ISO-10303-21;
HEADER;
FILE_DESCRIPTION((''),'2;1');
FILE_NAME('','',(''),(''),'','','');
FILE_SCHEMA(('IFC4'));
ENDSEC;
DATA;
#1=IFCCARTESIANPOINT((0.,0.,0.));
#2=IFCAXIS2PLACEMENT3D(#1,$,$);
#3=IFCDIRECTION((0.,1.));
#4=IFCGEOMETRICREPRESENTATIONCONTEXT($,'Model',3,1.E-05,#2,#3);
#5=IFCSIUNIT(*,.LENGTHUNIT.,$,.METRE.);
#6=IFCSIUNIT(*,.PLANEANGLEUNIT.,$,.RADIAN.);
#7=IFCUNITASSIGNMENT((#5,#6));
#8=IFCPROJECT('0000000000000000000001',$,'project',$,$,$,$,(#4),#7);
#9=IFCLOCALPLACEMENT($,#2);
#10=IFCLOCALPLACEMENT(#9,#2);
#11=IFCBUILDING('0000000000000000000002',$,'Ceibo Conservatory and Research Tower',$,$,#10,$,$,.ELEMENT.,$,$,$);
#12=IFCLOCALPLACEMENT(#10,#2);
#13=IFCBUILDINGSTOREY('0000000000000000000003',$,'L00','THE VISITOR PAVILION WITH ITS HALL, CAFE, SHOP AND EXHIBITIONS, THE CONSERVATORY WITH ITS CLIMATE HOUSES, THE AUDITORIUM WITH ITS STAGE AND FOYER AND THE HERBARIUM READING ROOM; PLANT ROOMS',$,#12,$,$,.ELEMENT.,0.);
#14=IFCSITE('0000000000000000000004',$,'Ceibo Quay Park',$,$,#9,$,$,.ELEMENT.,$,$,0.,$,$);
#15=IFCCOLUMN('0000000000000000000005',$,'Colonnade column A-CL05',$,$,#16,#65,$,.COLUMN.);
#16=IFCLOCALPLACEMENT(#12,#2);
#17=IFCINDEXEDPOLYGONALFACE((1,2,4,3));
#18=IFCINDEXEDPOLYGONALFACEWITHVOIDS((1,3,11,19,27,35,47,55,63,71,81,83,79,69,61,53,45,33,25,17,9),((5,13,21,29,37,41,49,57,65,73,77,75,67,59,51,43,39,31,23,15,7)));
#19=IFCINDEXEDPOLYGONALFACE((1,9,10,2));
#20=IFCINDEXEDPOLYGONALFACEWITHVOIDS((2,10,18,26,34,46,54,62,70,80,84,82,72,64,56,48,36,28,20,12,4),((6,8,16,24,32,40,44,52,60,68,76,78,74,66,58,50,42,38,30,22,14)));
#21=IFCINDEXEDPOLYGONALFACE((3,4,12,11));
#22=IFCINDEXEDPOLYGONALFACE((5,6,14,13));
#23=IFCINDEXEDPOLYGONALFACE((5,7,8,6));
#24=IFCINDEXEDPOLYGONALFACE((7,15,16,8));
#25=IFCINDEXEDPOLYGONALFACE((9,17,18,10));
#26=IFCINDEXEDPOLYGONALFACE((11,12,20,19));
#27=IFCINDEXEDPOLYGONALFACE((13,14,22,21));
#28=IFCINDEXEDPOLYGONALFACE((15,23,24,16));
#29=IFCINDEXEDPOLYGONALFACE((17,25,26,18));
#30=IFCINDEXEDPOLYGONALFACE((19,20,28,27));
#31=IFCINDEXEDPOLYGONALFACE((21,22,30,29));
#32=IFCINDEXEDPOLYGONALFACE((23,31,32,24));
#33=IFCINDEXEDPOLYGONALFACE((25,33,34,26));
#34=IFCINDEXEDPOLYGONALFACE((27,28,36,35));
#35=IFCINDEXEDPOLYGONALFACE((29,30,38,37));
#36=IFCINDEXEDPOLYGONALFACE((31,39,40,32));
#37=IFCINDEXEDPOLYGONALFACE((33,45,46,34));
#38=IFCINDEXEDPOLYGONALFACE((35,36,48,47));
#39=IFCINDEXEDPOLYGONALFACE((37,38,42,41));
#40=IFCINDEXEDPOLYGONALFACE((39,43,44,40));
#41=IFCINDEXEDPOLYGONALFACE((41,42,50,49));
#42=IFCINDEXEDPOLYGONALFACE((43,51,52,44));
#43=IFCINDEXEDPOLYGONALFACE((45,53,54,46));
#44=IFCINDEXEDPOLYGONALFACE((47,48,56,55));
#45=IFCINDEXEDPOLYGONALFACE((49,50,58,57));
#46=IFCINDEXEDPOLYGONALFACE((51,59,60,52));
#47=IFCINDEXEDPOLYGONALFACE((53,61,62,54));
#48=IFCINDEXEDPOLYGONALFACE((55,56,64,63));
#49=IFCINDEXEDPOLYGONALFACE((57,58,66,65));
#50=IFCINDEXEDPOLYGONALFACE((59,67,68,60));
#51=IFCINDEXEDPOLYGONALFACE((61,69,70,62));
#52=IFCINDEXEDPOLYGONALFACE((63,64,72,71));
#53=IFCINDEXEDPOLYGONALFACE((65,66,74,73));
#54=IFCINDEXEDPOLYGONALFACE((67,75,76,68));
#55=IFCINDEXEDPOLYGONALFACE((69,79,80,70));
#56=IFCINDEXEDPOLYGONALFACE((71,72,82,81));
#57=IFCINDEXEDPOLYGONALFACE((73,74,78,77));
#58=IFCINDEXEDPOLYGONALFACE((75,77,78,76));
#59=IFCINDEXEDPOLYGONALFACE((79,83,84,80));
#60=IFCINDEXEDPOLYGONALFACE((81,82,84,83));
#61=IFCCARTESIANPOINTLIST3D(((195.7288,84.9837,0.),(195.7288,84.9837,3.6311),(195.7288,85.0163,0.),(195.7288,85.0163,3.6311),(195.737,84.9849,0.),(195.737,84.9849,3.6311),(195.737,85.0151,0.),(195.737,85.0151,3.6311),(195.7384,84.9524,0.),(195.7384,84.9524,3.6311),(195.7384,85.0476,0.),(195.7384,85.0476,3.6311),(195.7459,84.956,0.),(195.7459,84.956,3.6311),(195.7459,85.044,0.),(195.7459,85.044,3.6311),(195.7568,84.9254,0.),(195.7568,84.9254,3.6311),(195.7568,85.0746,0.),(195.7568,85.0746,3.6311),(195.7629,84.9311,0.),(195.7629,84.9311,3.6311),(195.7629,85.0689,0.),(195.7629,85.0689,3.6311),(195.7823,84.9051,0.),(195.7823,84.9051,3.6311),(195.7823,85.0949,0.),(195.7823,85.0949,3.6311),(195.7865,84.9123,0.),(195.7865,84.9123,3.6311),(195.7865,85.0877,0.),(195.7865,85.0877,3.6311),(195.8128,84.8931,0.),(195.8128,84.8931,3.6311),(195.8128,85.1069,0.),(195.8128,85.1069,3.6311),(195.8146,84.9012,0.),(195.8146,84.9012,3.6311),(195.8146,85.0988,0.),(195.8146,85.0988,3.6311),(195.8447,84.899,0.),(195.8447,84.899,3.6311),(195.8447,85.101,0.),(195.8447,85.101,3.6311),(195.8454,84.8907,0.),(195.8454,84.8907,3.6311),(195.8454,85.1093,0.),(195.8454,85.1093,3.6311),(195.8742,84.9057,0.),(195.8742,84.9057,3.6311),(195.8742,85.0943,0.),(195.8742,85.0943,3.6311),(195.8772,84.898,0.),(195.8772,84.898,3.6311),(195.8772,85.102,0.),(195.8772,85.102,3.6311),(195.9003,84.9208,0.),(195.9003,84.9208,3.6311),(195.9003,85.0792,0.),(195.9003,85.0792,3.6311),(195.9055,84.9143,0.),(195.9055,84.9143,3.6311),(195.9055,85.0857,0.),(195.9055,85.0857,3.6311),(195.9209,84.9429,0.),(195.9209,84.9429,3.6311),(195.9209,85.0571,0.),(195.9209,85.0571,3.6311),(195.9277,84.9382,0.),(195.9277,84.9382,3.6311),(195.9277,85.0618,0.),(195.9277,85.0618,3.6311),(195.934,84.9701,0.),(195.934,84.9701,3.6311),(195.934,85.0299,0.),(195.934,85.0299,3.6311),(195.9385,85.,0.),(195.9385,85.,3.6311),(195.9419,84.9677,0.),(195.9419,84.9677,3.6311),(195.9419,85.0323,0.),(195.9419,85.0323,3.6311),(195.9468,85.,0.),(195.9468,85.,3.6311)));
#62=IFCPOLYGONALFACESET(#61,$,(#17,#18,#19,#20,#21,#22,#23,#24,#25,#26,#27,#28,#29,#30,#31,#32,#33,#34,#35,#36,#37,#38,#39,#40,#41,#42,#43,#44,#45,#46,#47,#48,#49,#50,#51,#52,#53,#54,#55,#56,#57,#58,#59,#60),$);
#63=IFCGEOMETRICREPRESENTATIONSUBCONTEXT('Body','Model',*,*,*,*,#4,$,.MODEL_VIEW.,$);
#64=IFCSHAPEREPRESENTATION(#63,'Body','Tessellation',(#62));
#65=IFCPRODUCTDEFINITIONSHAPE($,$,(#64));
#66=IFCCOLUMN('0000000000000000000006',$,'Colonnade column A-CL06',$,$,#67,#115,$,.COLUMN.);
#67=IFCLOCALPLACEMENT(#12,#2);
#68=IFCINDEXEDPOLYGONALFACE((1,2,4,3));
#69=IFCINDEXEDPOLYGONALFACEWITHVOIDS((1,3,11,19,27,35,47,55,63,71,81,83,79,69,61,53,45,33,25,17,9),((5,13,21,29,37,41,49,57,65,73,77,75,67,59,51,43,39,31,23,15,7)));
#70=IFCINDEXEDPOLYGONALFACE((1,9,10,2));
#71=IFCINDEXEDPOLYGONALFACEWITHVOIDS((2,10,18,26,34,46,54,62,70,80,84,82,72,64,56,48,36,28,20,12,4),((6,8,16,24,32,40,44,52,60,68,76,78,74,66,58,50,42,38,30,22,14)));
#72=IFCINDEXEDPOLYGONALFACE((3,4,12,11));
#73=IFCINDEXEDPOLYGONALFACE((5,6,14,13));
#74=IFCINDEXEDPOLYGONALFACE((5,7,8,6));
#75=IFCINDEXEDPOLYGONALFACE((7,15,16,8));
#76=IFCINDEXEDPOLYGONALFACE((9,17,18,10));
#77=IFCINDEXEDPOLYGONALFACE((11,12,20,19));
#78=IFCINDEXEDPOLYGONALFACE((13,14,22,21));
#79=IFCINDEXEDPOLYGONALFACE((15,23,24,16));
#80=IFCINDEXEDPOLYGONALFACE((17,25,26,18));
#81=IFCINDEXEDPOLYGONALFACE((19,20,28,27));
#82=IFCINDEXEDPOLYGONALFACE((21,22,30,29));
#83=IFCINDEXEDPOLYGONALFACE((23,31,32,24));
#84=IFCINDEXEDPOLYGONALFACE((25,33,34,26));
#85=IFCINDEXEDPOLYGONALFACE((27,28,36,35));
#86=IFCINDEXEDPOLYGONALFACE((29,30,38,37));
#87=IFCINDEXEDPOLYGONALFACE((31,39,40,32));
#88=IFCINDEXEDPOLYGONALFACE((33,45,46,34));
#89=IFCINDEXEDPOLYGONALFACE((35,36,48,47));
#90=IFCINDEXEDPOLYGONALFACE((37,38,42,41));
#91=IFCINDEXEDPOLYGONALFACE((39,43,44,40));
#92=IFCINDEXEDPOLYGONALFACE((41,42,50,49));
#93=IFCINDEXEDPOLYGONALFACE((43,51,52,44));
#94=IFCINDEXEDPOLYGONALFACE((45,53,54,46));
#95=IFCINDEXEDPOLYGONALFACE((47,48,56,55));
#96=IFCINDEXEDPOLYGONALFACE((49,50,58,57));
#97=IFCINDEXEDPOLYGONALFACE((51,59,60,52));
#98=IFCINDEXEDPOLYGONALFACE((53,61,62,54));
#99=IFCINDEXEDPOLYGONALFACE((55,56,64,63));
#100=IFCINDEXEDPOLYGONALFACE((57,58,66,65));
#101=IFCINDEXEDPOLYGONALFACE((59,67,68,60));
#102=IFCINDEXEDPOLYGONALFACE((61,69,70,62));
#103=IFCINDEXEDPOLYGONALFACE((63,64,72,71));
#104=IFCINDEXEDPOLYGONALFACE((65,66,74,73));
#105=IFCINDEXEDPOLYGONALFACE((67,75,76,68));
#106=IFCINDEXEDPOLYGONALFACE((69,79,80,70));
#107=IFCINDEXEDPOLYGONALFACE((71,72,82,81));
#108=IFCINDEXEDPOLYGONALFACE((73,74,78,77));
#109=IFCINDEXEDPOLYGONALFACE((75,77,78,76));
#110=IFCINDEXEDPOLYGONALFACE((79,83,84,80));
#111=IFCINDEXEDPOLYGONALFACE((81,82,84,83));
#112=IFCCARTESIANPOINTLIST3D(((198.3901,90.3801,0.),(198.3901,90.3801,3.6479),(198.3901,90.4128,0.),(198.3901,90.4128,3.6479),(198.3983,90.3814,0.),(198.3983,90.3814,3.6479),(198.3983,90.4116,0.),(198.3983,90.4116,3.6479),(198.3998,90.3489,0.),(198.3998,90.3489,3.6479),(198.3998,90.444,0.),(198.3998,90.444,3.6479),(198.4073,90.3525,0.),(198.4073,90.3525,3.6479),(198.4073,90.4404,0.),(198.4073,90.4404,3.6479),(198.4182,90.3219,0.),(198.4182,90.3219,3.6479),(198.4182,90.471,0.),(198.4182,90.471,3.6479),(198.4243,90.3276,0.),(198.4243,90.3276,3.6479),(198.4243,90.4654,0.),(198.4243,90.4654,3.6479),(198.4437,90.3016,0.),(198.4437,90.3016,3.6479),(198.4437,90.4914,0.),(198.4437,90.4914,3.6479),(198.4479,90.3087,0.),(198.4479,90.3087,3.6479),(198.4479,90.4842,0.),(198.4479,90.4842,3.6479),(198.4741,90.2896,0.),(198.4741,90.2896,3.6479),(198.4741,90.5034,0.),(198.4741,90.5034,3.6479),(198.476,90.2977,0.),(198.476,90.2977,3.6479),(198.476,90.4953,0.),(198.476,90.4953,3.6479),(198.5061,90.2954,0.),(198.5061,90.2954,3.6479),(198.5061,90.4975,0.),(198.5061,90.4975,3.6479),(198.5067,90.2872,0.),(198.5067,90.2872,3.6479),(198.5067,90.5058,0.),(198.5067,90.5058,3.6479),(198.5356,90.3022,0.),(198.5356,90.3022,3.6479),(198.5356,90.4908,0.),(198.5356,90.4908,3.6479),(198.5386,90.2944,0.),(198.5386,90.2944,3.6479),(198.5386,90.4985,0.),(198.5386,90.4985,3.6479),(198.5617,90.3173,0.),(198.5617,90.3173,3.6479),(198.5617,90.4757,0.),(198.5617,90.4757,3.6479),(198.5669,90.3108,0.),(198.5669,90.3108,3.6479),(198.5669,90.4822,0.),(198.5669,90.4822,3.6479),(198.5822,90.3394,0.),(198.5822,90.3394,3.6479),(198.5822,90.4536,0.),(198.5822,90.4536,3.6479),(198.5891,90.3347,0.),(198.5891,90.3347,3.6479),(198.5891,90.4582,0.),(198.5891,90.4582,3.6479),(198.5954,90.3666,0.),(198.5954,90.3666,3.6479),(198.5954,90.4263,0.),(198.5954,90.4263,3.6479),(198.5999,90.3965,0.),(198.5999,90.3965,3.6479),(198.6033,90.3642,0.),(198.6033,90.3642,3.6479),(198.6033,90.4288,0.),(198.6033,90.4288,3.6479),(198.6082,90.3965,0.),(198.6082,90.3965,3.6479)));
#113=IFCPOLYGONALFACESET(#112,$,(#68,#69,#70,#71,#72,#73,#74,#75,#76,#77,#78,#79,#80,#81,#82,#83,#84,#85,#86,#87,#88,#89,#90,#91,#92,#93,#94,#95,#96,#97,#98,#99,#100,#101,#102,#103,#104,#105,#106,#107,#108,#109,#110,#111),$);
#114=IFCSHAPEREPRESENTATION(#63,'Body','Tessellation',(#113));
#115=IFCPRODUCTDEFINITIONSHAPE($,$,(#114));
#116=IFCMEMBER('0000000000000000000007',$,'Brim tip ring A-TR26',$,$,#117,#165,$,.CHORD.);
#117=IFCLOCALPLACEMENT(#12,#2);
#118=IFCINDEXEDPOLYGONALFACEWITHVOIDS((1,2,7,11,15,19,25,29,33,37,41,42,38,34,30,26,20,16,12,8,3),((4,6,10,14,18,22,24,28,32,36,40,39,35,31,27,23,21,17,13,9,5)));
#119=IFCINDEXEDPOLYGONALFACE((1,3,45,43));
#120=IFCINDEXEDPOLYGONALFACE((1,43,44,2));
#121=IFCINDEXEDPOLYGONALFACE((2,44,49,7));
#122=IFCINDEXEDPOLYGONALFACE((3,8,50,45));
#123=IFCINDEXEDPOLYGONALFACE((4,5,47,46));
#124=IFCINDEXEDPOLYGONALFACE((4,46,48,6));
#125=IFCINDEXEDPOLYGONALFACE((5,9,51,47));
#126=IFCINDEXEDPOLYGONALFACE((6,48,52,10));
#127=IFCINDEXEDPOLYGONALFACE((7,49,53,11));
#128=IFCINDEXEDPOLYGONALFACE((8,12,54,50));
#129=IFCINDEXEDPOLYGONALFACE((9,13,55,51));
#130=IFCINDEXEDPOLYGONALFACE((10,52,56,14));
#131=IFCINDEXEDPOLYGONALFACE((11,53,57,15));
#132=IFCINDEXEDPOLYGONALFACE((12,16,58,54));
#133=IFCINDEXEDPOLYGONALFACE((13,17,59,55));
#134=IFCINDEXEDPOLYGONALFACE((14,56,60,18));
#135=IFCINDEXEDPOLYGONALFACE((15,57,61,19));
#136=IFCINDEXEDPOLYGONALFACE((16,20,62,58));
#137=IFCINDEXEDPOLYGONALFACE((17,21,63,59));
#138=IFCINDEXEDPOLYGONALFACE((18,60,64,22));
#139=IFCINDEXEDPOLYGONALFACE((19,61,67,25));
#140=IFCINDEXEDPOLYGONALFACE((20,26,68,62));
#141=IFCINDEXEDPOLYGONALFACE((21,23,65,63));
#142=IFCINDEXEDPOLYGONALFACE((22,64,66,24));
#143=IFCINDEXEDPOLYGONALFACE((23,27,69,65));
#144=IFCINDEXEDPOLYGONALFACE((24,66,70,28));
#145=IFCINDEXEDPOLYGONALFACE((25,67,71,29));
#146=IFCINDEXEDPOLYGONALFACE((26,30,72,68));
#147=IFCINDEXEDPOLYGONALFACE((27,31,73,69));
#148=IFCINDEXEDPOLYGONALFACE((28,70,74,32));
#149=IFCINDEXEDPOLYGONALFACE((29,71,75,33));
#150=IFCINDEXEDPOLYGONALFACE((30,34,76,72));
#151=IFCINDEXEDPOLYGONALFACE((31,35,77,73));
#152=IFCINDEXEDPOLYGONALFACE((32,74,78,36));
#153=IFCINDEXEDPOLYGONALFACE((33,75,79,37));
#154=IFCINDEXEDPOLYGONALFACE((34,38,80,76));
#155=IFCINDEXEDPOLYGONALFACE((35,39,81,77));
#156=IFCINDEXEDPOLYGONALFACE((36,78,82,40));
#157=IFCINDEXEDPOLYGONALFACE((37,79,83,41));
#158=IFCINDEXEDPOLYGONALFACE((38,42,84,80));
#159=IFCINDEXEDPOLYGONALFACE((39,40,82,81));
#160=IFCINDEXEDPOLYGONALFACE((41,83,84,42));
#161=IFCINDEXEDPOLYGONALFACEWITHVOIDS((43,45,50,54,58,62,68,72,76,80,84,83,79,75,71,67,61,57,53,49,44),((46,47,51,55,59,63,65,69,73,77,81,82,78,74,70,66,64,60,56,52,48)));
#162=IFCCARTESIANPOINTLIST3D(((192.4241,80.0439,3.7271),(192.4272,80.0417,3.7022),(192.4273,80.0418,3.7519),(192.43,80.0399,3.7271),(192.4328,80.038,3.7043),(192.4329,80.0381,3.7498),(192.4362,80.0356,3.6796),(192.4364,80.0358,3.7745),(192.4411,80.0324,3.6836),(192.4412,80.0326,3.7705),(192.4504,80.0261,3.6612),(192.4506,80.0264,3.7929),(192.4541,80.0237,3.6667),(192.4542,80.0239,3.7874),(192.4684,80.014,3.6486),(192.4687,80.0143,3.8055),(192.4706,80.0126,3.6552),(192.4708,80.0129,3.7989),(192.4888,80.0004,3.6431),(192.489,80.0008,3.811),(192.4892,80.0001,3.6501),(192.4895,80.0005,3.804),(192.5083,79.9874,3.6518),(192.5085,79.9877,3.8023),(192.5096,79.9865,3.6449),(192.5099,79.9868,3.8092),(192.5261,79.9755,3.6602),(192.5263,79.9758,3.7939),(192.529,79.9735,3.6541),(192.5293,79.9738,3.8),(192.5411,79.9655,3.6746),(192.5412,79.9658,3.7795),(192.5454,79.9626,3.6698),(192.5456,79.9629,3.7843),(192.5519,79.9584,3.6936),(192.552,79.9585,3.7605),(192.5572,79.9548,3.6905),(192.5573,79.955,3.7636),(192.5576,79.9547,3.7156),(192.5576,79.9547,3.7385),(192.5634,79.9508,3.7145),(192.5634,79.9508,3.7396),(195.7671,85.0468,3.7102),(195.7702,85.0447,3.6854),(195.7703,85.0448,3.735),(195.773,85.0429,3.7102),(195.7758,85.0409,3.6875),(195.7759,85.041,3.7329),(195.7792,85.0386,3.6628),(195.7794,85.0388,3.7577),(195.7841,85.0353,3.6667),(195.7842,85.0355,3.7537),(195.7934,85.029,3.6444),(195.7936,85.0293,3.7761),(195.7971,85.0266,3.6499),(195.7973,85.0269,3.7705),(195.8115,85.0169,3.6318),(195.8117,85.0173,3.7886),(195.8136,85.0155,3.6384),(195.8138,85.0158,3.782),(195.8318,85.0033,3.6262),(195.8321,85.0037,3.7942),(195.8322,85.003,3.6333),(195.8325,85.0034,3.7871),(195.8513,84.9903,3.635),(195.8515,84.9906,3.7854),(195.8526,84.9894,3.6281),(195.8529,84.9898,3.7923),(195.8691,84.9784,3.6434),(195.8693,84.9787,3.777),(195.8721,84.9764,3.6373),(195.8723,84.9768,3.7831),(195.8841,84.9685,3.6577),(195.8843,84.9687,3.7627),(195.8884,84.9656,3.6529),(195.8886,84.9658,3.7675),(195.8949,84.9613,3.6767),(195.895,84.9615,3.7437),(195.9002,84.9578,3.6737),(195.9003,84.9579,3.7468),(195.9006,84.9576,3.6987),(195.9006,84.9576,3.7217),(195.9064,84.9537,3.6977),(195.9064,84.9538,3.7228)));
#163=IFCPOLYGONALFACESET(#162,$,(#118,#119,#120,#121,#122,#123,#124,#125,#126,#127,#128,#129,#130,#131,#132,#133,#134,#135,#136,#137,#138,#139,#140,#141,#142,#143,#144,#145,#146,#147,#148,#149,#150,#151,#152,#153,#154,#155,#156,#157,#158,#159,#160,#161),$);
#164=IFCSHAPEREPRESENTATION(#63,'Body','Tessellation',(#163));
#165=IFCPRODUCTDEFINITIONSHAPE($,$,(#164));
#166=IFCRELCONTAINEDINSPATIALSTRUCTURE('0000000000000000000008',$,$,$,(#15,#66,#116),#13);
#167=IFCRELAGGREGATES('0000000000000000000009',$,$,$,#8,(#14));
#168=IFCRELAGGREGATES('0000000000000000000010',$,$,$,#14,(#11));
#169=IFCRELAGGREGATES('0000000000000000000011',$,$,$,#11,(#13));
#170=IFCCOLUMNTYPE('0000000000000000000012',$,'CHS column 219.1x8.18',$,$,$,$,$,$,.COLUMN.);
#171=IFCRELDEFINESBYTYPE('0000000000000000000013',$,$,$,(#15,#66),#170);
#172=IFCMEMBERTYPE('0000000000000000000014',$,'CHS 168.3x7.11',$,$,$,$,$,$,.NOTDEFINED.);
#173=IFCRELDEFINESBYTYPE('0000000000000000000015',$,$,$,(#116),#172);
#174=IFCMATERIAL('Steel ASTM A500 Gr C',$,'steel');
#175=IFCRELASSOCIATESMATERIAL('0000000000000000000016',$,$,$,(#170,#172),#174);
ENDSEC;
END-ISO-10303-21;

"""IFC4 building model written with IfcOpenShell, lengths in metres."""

from ifc_helpers import new_model, si_unit, direction, frame, origin, origin_2d, place, context, subcontext, project, spatial, hollow_circle, extrude, material, material_profile, profile_set, type_object, element, save


model = new_model("IFC4")

# Units and contexts
model_context = context("Model", 3, precision=1e-05, world=origin(), true_north=direction((0.0, 1.0)))
body_context = subcontext(model_context, "Body", "Model", "MODEL_VIEW")
ifc_project = project(units=[si_unit("LENGTHUNIT", "METRE"), si_unit("PLANEANGLEUNIT", "RADIAN")], contexts=[model_context])

# Site, building, storey
site_placement = place(None, origin())
site = spatial("IfcSite", under=ifc_project, at=site_placement, Name="Ceibo Quay Park", CompositionType="ELEMENT", RefElevation=0.0)
building_placement = place(site_placement, origin())
building = spatial("IfcBuilding", under=site, at=building_placement, Name="Ceibo Conservatory and Research Tower", CompositionType="ELEMENT")
storey_placement = place(building_placement, origin())
storey = spatial("IfcBuildingStorey", under=building, at=storey_placement, Name="L00", Description="THE VISITOR PAVILION WITH ITS HALL, CAFE, SHOP AND EXHIBITIONS, THE CONSERVATORY WITH ITS CLIMATE HOUSES, THE AUDITORIUM WITH ITS STAGE AND FOYER AND THE HERBARIUM READING ROOM; PLANT ROOMS", CompositionType="ELEMENT", Elevation=0.0)

# Columns
ifc_material_1 = material(Name="Steel ASTM A500 Gr C", Category="steel")
ifc_material_profile_1 = material_profile(ifc_material_1, hollow_circle(Radius=0.1096, WallThickness=0.0083, at=origin_2d()), Name="CHS column 219.1x8.18")
ifc_profile_set_1 = profile_set([ifc_material_profile_1], Name="Steel ASTM A500 Gr C")
column_type = type_object("IfcColumnType", Name="CHS column 219.1x8.18", PredefinedType="COLUMN", material=ifc_profile_set_1)
column_1_placement = place(storey_placement, frame((195.8372, 85.0, 0.0), z_axis=(0.0, 0.0, 1.0), x_axis=(1.0, 0.0, 0.0)))
element("IfcColumn", 1, at=column_1_placement, inside=storey, type_object=column_type, Name="Colonnade column A-CL05", PredefinedType="COLUMN", context=body_context, shape_type="SweptSolid", body=[
    extrude(hollow_circle(Radius=0.1096, WallThickness=0.0083, at=origin_2d()), origin(), (0.0, 0.0, 1.0), 3.6311),
])
column_2_placement = place(storey_placement, frame((198.4985, 90.3965, 0.0), z_axis=(0.0, 0.0, 1.0), x_axis=(1.0, 0.0, 0.0)))
element("IfcColumn", 2, at=column_2_placement, inside=storey, type_object=column_type, Name="Colonnade column A-CL06", PredefinedType="COLUMN", context=body_context, shape_type="SweptSolid", body=[
    extrude(hollow_circle(Radius=0.1096, WallThickness=0.0083, at=origin_2d()), origin(), (0.0, 0.0, 1.0), 3.6479),
])

# Member
ifc_material_profile_2 = material_profile(ifc_material_1, hollow_circle(Radius=0.0842, WallThickness=0.0071, at=origin_2d()), Name="CHS 168.3x7.11")
ifc_profile_set_2 = profile_set([ifc_material_profile_2], Name="Steel ASTM A500 Gr C")
member_type_1 = type_object("IfcMemberType", Name="CHS 168.3x7.11", PredefinedType="NOTDEFINED", material=ifc_profile_set_2)
for number, where, z_axis, x_axis, name in (
    (3, (192.4941, 79.9971, 3.7271), (0.555587, 0.831454, -0.0028), (-0.831457, 0.555589, 0.0), "Brim tip ring A-TR26"),
):
    element("IfcMember", number, at=place(storey_placement, frame(where, z_axis=z_axis, x_axis=x_axis)), inside=storey, type_object=member_type_1, Name=name, PredefinedType="CHORD", context=body_context, shape_type="SweptSolid", body=[
        extrude(hollow_circle(Radius=0.0842, WallThickness=0.0071, at=origin_2d()), origin(), (0.0, 0.0, 1.0), 6.0171),
    ])

save(model, "model.ifc")
